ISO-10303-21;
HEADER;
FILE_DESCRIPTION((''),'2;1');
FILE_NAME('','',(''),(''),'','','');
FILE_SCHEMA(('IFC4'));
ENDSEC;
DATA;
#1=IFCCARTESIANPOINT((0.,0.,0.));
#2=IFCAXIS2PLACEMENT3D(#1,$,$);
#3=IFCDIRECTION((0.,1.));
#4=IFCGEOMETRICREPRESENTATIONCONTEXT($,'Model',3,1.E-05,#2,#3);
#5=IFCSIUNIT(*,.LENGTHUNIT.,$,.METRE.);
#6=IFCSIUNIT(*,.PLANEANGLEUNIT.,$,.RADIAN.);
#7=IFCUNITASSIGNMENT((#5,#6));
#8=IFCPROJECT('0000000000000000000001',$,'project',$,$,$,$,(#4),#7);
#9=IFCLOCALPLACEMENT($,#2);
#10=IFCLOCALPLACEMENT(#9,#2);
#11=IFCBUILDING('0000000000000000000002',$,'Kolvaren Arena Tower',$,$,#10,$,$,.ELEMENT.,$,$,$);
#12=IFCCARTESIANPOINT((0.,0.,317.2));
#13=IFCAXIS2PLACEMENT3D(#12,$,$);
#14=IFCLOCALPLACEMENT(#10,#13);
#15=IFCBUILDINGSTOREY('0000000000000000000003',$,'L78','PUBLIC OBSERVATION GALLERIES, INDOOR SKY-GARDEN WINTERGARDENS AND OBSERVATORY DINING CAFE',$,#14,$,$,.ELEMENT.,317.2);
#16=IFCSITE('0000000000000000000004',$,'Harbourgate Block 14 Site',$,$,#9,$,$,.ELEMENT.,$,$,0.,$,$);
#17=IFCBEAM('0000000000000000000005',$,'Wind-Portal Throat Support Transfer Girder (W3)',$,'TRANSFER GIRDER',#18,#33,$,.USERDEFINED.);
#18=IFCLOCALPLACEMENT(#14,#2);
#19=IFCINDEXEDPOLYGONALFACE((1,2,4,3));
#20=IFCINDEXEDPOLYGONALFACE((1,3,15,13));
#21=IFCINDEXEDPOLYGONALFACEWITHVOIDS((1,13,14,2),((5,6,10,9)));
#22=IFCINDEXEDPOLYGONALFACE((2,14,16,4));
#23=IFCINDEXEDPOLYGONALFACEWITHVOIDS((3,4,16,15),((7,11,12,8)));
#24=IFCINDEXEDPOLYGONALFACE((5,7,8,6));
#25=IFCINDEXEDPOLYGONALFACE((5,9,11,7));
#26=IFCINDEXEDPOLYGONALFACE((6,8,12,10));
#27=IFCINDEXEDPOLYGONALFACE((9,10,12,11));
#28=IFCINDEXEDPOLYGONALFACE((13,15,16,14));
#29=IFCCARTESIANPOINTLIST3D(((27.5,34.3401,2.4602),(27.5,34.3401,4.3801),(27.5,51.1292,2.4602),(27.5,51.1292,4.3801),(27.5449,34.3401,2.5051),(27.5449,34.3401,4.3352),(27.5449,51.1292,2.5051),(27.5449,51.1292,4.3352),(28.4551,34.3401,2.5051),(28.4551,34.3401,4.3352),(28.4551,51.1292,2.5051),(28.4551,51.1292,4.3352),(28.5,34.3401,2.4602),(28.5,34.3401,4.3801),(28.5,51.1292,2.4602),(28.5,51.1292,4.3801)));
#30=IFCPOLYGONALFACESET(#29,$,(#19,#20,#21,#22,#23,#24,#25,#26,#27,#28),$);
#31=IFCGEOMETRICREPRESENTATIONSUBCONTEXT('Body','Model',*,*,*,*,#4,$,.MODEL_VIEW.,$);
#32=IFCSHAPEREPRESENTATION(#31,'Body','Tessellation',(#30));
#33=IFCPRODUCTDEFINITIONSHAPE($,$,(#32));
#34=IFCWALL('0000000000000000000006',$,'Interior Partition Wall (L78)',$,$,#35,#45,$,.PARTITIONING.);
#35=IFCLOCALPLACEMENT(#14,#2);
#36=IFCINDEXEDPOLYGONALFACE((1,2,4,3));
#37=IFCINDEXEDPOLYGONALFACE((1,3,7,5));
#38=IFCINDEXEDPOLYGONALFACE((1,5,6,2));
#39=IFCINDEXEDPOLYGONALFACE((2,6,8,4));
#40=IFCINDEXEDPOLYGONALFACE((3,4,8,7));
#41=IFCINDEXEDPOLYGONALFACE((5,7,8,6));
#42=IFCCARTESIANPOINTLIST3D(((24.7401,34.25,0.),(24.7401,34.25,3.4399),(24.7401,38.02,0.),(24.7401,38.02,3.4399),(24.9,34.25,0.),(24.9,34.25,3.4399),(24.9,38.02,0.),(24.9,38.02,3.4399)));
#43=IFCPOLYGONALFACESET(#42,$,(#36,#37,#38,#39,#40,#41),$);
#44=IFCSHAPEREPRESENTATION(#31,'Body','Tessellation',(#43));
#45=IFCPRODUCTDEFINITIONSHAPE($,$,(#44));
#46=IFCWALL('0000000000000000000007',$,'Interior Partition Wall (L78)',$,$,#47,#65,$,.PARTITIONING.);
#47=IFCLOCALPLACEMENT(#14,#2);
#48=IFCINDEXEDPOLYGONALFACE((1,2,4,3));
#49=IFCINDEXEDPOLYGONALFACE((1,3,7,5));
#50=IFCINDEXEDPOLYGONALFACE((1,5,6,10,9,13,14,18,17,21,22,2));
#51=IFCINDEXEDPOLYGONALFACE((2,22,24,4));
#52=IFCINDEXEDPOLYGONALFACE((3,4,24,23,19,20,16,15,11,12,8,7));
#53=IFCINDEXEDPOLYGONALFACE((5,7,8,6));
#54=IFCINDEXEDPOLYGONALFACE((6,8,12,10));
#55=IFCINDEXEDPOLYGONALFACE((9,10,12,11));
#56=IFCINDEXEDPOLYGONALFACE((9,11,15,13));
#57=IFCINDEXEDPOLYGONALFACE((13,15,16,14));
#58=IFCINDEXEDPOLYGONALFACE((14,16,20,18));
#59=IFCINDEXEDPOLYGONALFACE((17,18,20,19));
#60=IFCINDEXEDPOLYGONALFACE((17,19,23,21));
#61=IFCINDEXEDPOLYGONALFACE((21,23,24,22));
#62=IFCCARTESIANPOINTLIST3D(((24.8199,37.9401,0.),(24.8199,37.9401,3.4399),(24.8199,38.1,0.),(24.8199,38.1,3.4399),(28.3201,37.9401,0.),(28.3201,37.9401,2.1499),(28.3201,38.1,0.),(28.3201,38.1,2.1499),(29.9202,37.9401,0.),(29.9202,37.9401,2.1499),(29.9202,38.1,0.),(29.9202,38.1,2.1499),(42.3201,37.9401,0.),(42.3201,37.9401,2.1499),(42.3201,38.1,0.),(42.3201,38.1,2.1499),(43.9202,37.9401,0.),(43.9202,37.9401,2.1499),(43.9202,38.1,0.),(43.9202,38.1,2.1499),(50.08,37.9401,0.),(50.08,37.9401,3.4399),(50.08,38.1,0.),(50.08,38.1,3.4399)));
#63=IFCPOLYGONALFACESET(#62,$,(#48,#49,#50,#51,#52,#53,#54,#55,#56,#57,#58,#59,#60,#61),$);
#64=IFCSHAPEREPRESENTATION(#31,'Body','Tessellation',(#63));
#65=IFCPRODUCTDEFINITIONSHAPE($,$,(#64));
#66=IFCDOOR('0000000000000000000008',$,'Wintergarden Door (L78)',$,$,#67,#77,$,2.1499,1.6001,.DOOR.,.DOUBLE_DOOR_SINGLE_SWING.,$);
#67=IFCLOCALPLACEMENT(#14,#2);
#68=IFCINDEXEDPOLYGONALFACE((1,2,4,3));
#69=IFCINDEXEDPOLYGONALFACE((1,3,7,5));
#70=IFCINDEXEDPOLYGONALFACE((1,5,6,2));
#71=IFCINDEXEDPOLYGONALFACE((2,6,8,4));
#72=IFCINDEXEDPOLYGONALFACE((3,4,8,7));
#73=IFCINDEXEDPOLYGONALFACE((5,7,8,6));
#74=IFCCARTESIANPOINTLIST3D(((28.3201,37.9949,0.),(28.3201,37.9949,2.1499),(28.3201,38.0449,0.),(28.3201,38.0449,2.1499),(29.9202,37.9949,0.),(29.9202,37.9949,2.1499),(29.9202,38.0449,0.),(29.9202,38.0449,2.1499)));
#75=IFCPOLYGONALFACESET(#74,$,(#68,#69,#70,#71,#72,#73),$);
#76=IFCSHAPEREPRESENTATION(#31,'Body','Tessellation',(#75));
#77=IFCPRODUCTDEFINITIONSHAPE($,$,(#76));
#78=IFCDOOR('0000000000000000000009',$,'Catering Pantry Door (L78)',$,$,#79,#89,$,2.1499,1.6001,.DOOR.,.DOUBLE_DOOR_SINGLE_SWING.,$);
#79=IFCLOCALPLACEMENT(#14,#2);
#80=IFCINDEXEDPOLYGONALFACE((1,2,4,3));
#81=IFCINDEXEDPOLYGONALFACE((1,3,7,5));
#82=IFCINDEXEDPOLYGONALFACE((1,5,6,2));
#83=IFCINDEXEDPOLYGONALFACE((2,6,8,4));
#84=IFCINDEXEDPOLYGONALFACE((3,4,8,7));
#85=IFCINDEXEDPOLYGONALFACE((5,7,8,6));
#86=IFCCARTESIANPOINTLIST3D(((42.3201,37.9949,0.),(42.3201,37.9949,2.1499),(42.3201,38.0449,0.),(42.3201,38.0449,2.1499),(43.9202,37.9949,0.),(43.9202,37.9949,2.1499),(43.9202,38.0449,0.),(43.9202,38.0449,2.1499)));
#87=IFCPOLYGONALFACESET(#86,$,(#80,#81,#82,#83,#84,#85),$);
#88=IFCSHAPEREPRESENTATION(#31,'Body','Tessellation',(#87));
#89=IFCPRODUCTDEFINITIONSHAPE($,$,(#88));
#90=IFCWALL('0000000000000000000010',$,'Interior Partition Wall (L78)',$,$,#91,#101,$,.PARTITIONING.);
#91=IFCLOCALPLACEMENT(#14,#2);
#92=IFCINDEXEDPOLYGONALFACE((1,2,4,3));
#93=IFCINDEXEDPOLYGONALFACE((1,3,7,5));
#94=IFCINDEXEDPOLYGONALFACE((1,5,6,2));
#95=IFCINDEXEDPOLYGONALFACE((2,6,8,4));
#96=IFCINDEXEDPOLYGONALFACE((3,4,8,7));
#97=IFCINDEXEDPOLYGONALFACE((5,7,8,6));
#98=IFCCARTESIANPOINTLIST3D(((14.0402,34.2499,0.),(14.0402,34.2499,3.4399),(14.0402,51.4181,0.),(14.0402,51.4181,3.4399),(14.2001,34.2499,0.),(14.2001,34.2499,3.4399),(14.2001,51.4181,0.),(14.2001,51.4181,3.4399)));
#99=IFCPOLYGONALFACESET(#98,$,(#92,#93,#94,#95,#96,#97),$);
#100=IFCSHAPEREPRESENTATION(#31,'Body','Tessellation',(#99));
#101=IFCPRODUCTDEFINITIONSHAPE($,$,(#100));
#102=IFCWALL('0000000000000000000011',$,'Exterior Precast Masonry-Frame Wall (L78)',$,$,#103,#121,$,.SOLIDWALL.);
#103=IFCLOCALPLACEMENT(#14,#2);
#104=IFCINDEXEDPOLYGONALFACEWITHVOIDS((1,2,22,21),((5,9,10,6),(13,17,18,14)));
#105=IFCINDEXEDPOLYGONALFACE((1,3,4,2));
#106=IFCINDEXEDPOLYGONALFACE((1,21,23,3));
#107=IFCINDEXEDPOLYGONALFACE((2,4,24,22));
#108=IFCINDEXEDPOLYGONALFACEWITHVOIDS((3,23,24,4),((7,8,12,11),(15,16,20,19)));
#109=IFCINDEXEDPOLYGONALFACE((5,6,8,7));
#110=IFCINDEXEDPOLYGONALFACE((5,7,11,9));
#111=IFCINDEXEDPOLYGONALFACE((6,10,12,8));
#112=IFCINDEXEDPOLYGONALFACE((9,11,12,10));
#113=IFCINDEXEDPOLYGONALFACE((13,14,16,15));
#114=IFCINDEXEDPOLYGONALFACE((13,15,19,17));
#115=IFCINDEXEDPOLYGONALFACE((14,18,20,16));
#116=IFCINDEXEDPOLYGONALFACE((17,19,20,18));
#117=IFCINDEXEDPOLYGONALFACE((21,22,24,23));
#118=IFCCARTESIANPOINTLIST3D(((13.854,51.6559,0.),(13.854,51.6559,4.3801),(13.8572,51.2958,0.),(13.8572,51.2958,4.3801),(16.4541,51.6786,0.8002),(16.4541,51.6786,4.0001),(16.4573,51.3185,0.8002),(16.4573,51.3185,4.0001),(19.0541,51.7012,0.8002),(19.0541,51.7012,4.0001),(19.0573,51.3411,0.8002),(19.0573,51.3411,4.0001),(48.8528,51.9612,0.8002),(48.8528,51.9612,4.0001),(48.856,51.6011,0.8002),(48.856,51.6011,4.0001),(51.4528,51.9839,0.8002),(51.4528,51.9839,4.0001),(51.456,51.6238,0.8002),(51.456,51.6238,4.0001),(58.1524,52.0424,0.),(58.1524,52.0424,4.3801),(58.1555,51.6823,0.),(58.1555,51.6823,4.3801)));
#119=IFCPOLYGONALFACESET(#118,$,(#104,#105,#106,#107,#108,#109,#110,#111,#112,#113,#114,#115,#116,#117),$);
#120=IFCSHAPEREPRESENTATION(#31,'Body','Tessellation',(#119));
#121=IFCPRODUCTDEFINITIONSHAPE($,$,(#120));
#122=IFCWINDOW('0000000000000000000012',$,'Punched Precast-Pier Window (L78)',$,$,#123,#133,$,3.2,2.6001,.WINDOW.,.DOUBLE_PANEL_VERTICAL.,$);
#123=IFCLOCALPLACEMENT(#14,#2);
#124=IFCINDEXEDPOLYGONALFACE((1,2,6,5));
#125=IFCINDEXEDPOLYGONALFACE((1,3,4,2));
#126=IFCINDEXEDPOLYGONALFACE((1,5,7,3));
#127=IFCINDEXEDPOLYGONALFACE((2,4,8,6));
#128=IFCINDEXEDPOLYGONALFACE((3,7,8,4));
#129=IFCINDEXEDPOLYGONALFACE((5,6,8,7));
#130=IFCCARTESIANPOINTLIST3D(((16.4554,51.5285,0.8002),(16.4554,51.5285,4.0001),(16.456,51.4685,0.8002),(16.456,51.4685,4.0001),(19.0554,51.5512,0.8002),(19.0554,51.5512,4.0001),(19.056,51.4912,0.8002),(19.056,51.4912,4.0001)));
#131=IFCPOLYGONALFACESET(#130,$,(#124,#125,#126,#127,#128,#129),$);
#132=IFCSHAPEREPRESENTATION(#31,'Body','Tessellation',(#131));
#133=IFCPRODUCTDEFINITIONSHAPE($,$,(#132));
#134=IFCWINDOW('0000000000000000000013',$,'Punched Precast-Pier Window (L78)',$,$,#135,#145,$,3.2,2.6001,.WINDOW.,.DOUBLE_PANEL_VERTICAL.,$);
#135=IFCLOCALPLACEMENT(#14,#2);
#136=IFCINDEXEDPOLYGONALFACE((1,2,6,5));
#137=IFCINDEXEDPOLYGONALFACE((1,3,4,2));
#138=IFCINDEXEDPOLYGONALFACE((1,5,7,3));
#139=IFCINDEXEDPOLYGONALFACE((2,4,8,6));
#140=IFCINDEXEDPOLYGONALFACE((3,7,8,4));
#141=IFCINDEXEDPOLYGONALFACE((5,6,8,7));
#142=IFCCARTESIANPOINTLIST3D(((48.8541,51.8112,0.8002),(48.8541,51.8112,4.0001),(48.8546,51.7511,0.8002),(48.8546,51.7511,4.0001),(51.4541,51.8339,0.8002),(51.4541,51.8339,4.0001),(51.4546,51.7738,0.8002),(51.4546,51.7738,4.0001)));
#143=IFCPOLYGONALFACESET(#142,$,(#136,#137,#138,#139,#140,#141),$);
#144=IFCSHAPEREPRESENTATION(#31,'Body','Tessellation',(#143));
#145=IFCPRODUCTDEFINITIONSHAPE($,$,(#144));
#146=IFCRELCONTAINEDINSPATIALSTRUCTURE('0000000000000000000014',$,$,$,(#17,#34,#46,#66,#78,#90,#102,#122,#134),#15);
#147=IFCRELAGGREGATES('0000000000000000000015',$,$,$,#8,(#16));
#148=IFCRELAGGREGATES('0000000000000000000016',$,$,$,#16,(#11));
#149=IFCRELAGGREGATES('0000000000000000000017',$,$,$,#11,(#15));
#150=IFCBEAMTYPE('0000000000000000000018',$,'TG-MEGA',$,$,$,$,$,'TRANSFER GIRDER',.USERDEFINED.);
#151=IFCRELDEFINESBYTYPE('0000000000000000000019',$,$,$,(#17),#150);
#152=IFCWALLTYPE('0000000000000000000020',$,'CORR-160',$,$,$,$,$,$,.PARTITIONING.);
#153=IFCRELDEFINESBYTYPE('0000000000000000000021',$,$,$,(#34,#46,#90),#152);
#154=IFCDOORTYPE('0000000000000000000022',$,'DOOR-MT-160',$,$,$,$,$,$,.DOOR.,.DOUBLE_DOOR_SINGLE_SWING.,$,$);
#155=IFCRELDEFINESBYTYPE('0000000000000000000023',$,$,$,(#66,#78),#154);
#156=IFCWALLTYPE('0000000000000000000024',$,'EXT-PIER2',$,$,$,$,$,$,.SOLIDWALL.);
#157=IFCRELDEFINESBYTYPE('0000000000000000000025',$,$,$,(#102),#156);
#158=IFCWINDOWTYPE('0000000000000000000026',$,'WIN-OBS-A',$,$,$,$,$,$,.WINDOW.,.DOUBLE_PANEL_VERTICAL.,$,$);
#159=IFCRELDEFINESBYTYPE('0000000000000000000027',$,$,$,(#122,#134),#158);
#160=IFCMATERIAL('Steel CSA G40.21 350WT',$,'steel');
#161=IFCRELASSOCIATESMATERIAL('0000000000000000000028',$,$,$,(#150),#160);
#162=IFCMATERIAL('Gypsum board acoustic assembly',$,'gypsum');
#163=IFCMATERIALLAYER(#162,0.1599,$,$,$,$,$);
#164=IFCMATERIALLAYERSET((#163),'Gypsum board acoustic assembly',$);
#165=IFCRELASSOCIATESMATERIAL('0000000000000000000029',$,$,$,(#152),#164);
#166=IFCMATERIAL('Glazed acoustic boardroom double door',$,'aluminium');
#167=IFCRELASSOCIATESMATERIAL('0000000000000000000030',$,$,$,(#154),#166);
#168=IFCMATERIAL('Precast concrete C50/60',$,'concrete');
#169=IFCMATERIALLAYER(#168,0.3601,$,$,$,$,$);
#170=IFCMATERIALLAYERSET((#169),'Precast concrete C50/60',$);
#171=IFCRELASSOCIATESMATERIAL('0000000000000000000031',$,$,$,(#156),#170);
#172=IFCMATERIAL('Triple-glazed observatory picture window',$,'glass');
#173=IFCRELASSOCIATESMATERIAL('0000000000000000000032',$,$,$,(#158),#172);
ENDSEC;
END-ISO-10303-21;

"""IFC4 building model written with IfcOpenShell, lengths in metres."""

from ifc_helpers import new_model, si_unit, direction, frame, frame_2d, origin, origin_2d, place, context, subcontext, project, spatial, rectangle, hollow_rectangle, extrude, material, layer, layer_set, material_profile, profile_set, type_object, element, fill, save


model = new_model("IFC4")

# Units and contexts
model_context = context("Model", 3, precision=1e-05, world=origin(), true_north=direction((0.0, 1.0)))
body_context = subcontext(model_context, "Body", "Model", "MODEL_VIEW")
ifc_project = project(units=[si_unit("LENGTHUNIT", "METRE"), si_unit("PLANEANGLEUNIT", "RADIAN")], contexts=[model_context])

# Site, building, storey
site_placement = place(None, origin())
site = spatial("IfcSite", under=ifc_project, at=site_placement, Name="Harbourgate Block 14 Site", CompositionType="ELEMENT", RefElevation=0.0)
building_placement = place(site_placement, origin())
building = spatial("IfcBuilding", under=site, at=building_placement, Name="Kolvaren Arena Tower", CompositionType="ELEMENT")
storey_placement = place(building_placement, frame((0.0, 0.0, 317.2)))
storey = spatial("IfcBuildingStorey", under=building, at=storey_placement, Name="L78", Description="PUBLIC OBSERVATION GALLERIES, INDOOR SKY-GARDEN WINTERGARDENS AND OBSERVATORY DINING CAFE", CompositionType="ELEMENT", Elevation=317.2)

# Shared definitions
ifc_material_1 = material(Name="Precast concrete C50/60", Category="concrete")

# Beam
ifc_material_2 = material(Name="Steel CSA G40.21 350WT", Category="steel")
ifc_material_profile_1 = material_profile(ifc_material_2, hollow_rectangle(XDim=1.0, YDim=1.9199, WallThickness=0.0449, at=origin_2d()), Name="BOX 1000x1920x45")
ifc_profile_set_1 = profile_set([ifc_material_profile_1], Name="Steel CSA G40.21 350WT")
beam_type_1 = type_object("IfcBeamType", Name="TG-MEGA", ElementType="TRANSFER GIRDER", PredefinedType="USERDEFINED", material=ifc_profile_set_1)
beam_1_placement = place(storey_placement, frame((28.0, 34.3401, 3.4202), z_axis=(0.0, 1.0, 0.0), x_axis=(-1.0, 0.0, 0.0)))
element("IfcBeam", 1, at=beam_1_placement, inside=storey, type_object=beam_type_1, Name="Wind-Portal Throat Support Transfer Girder (W3)", ObjectType="TRANSFER GIRDER", PredefinedType="USERDEFINED", context=body_context, shape_type="SweptSolid", body=[
    extrude(hollow_rectangle(XDim=1.0, YDim=1.9199, WallThickness=0.0449, at=origin_2d()), origin(), (0.0, 0.0, 1.0), 16.7891),
])

# Wall
ifc_material_3 = material(Name="Gypsum board acoustic assembly", Category="gypsum")
ifc_layer_1 = layer(ifc_material_3, 0.1599)
ifc_layer_set_1 = layer_set([ifc_layer_1], Name="Gypsum board acoustic assembly")
wall_type_1 = type_object("IfcWallType", Name="CORR-160", PredefinedType="PARTITIONING", material=ifc_layer_set_1)
wall_1_placement = place(storey_placement, frame((24.8201, 34.25, 0.0), z_axis=(0.0, 0.0, 1.0), x_axis=(0.0, 1.0, 0.0)))
element("IfcWall", 2, at=wall_1_placement, inside=storey, type_object=wall_type_1, Name="Interior Partition Wall (L78)", PredefinedType="PARTITIONING", context=body_context, shape_type="SweptSolid", body=[
    extrude(rectangle(XDim=3.77, YDim=0.1599, at=frame_2d((1.885, 0.0))), origin(), (0.0, 0.0, 1.0), 3.4399),
])

# Wall, openings, doors
wall_2_placement = place(storey_placement, frame((24.8201, 38.02, 0.0), z_axis=(0.0, 0.0, 1.0), x_axis=(1.0, 0.0, 0.0)))
wall_2 = element("IfcWall", 3, at=wall_2_placement, inside=storey, type_object=wall_type_1, Name="Interior Partition Wall (L78)", PredefinedType="PARTITIONING", context=body_context, shape_type="SweptSolid", body=[
    extrude(rectangle(XDim=25.26, YDim=0.1599, at=frame_2d((12.6299, 0.0))), origin(), (0.0, 0.0, 1.0), 3.4399),
])
opening_1_placement = place(wall_2_placement, frame((3.5, 0.0, 0.0)))
opening_1 = element("IfcOpeningElement", 4, at=opening_1_placement, cuts=wall_2, PredefinedType="OPENING", context=body_context, shape_type="SweptSolid", body=[
    extrude(rectangle(XDim=1.6001, YDim=2.1499, at=frame_2d((0.8, 1.075))), frame((0.0, 0.0898, 0.0), z_axis=(0.0, -1.0, 0.0), x_axis=(1.0, 0.0, 0.0)), (0.0, 0.0, 1.0), 0.1799),
])
opening_2_placement = place(wall_2_placement, frame((17.5, 0.0, 0.0)))
opening_2 = element("IfcOpeningElement", 5, at=opening_2_placement, cuts=wall_2, PredefinedType="OPENING", context=body_context, shape_type="SweptSolid", body=[
    extrude(rectangle(XDim=1.6001, YDim=2.1499, at=frame_2d((0.8, 1.075))), frame((0.0, 0.0898, 0.0), z_axis=(0.0, -1.0, 0.0), x_axis=(1.0, 0.0, 0.0)), (0.0, 0.0, 1.0), 0.1799),
])
ifc_material_4 = material(Name="Glazed acoustic boardroom double door", Category="aluminium")
door_type = type_object("IfcDoorType", Name="DOOR-MT-160", OperationType="DOUBLE_DOOR_SINGLE_SWING", PredefinedType="DOOR", material=ifc_material_4)
door_1_placement = place(opening_1_placement, origin())
door_1 = element("IfcDoor", 6, at=door_1_placement, inside=storey, type_object=door_type, Name="Wintergarden Door (L78)", OperationType="DOUBLE_DOOR_SINGLE_SWING", OverallHeight=2.1499, OverallWidth=1.6001, PredefinedType="DOOR", context=body_context, shape_type="SweptSolid", body=[
    extrude(rectangle(XDim=1.6001, YDim=2.1499, at=frame_2d((0.8, 1.075))), frame((0.0, 0.0249, 0.0), z_axis=(0.0, -1.0, 0.0), x_axis=(1.0, 0.0, 0.0)), (0.0, 0.0, 1.0), 0.05),
])
fill(opening_1, door_1)
door_2_placement = place(opening_2_placement, origin())
door_2 = element("IfcDoor", 7, at=door_2_placement, inside=storey, type_object=door_type, Name="Catering Pantry Door (L78)", OperationType="DOUBLE_DOOR_SINGLE_SWING", OverallHeight=2.1499, OverallWidth=1.6001, PredefinedType="DOOR", context=body_context, shape_type="SweptSolid", body=[
    extrude(rectangle(XDim=1.6001, YDim=2.1499, at=frame_2d((0.8, 1.075))), frame((0.0, 0.0249, 0.0), z_axis=(0.0, -1.0, 0.0), x_axis=(1.0, 0.0, 0.0)), (0.0, 0.0, 1.0), 0.05),
])
fill(opening_2, door_2)

# Wall
wall_3_placement = place(storey_placement, frame((14.1201, 34.25, 0.0), z_axis=(0.0, 0.0, 1.0), x_axis=(0.0, 1.0, 0.0)))
element("IfcWall", 8, at=wall_3_placement, inside=storey, type_object=wall_type_1, Name="Interior Partition Wall (L78)", PredefinedType="PARTITIONING", context=body_context, shape_type="SweptSolid", body=[
    extrude(rectangle(XDim=17.1682, YDim=0.1599, at=frame_2d((8.584, 0.0))), origin(), (0.0, 0.0, 1.0), 3.4399),
])

# Wall, openings, windows
ifc_layer_2 = layer(ifc_material_1, 0.3601)
ifc_layer_set_2 = layer_set([ifc_layer_2], Name="Precast concrete C50/60")
wall_type_2 = type_object("IfcWallType", Name="EXT-PIER2", PredefinedType="SOLIDWALL", material=ifc_layer_set_2)
wall_4_placement = place(storey_placement, frame((13.8557, 51.4758, 0.0), z_axis=(0.0, 0.0, 1.0), x_axis=(0.999962, 0.008724, 0.0)))
wall_4 = element("IfcWall", 9, at=wall_4_placement, inside=storey, type_object=wall_type_2, Name="Exterior Precast Masonry-Frame Wall (L78)", PredefinedType="SOLIDWALL", context=body_context, shape_type="SweptSolid", body=[
    extrude(rectangle(XDim=44.3, YDim=0.3601, at=frame_2d((22.1499, 0.0))), origin(), (0.0, 0.0, 1.0), 4.3801),
])
opening_3_placement = place(wall_4_placement, frame((2.6001, 0.0, 0.8)))
opening_3 = element("IfcOpeningElement", 10, at=opening_3_placement, cuts=wall_4, PredefinedType="OPENING", context=body_context, shape_type="SweptSolid", body=[
    extrude(rectangle(XDim=2.6001, YDim=3.2, at=frame_2d((1.3, 1.6001))), frame((0.0, 0.1899, 0.0), z_axis=(0.0, -1.0, 0.0), x_axis=(1.0, 0.0, 0.0)), (0.0, 0.0, 1.0), 0.3801),
])
opening_4_placement = place(wall_4_placement, frame((35.0, 0.0, 0.8)))
opening_4 = element("IfcOpeningElement", 11, at=opening_4_placement, cuts=wall_4, PredefinedType="OPENING", context=body_context, shape_type="SweptSolid", body=[
    extrude(rectangle(XDim=2.6001, YDim=3.2, at=frame_2d((1.3, 1.6001))), frame((0.0, 0.1899, 0.0), z_axis=(0.0, -1.0, 0.0), x_axis=(1.0, 0.0, 0.0)), (0.0, 0.0, 1.0), 0.3801),
])
ifc_material_5 = material(Name="Triple-glazed observatory picture window", Category="glass")
window_type = type_object("IfcWindowType", Name="WIN-OBS-A", PartitioningType="DOUBLE_PANEL_VERTICAL", PredefinedType="WINDOW", material=ifc_material_5)
window_1_placement = place(opening_3_placement, origin())
window_1 = element("IfcWindow", 12, at=window_1_placement, inside=storey, type_object=window_type, Name="Punched Precast-Pier Window (L78)", OverallHeight=3.2, OverallWidth=2.6001, PartitioningType="DOUBLE_PANEL_VERTICAL", PredefinedType="WINDOW", context=body_context, shape_type="SweptSolid", body=[
    extrude(rectangle(XDim=2.6001, YDim=3.2, at=frame_2d((1.3, 1.6001))), frame((0.0, 0.03, 0.0), z_axis=(0.0, -1.0, 0.0), x_axis=(1.0, 0.0, 0.0)), (0.0, 0.0, 1.0), 0.0601),
])
fill(opening_3, window_1)
window_2_placement = place(opening_4_placement, origin())
window_2 = element("IfcWindow", 13, at=window_2_placement, inside=storey, type_object=window_type, Name="Punched Precast-Pier Window (L78)", OverallHeight=3.2, OverallWidth=2.6001, PartitioningType="DOUBLE_PANEL_VERTICAL", PredefinedType="WINDOW", context=body_context, shape_type="SweptSolid", body=[
    extrude(rectangle(XDim=2.6001, YDim=3.2, at=frame_2d((1.3, 1.6001))), frame((0.0, 0.03, 0.0), z_axis=(0.0, -1.0, 0.0), x_axis=(1.0, 0.0, 0.0)), (0.0, 0.0, 1.0), 0.0601),
])
fill(opening_4, window_2)

save(model, "model.ifc")
